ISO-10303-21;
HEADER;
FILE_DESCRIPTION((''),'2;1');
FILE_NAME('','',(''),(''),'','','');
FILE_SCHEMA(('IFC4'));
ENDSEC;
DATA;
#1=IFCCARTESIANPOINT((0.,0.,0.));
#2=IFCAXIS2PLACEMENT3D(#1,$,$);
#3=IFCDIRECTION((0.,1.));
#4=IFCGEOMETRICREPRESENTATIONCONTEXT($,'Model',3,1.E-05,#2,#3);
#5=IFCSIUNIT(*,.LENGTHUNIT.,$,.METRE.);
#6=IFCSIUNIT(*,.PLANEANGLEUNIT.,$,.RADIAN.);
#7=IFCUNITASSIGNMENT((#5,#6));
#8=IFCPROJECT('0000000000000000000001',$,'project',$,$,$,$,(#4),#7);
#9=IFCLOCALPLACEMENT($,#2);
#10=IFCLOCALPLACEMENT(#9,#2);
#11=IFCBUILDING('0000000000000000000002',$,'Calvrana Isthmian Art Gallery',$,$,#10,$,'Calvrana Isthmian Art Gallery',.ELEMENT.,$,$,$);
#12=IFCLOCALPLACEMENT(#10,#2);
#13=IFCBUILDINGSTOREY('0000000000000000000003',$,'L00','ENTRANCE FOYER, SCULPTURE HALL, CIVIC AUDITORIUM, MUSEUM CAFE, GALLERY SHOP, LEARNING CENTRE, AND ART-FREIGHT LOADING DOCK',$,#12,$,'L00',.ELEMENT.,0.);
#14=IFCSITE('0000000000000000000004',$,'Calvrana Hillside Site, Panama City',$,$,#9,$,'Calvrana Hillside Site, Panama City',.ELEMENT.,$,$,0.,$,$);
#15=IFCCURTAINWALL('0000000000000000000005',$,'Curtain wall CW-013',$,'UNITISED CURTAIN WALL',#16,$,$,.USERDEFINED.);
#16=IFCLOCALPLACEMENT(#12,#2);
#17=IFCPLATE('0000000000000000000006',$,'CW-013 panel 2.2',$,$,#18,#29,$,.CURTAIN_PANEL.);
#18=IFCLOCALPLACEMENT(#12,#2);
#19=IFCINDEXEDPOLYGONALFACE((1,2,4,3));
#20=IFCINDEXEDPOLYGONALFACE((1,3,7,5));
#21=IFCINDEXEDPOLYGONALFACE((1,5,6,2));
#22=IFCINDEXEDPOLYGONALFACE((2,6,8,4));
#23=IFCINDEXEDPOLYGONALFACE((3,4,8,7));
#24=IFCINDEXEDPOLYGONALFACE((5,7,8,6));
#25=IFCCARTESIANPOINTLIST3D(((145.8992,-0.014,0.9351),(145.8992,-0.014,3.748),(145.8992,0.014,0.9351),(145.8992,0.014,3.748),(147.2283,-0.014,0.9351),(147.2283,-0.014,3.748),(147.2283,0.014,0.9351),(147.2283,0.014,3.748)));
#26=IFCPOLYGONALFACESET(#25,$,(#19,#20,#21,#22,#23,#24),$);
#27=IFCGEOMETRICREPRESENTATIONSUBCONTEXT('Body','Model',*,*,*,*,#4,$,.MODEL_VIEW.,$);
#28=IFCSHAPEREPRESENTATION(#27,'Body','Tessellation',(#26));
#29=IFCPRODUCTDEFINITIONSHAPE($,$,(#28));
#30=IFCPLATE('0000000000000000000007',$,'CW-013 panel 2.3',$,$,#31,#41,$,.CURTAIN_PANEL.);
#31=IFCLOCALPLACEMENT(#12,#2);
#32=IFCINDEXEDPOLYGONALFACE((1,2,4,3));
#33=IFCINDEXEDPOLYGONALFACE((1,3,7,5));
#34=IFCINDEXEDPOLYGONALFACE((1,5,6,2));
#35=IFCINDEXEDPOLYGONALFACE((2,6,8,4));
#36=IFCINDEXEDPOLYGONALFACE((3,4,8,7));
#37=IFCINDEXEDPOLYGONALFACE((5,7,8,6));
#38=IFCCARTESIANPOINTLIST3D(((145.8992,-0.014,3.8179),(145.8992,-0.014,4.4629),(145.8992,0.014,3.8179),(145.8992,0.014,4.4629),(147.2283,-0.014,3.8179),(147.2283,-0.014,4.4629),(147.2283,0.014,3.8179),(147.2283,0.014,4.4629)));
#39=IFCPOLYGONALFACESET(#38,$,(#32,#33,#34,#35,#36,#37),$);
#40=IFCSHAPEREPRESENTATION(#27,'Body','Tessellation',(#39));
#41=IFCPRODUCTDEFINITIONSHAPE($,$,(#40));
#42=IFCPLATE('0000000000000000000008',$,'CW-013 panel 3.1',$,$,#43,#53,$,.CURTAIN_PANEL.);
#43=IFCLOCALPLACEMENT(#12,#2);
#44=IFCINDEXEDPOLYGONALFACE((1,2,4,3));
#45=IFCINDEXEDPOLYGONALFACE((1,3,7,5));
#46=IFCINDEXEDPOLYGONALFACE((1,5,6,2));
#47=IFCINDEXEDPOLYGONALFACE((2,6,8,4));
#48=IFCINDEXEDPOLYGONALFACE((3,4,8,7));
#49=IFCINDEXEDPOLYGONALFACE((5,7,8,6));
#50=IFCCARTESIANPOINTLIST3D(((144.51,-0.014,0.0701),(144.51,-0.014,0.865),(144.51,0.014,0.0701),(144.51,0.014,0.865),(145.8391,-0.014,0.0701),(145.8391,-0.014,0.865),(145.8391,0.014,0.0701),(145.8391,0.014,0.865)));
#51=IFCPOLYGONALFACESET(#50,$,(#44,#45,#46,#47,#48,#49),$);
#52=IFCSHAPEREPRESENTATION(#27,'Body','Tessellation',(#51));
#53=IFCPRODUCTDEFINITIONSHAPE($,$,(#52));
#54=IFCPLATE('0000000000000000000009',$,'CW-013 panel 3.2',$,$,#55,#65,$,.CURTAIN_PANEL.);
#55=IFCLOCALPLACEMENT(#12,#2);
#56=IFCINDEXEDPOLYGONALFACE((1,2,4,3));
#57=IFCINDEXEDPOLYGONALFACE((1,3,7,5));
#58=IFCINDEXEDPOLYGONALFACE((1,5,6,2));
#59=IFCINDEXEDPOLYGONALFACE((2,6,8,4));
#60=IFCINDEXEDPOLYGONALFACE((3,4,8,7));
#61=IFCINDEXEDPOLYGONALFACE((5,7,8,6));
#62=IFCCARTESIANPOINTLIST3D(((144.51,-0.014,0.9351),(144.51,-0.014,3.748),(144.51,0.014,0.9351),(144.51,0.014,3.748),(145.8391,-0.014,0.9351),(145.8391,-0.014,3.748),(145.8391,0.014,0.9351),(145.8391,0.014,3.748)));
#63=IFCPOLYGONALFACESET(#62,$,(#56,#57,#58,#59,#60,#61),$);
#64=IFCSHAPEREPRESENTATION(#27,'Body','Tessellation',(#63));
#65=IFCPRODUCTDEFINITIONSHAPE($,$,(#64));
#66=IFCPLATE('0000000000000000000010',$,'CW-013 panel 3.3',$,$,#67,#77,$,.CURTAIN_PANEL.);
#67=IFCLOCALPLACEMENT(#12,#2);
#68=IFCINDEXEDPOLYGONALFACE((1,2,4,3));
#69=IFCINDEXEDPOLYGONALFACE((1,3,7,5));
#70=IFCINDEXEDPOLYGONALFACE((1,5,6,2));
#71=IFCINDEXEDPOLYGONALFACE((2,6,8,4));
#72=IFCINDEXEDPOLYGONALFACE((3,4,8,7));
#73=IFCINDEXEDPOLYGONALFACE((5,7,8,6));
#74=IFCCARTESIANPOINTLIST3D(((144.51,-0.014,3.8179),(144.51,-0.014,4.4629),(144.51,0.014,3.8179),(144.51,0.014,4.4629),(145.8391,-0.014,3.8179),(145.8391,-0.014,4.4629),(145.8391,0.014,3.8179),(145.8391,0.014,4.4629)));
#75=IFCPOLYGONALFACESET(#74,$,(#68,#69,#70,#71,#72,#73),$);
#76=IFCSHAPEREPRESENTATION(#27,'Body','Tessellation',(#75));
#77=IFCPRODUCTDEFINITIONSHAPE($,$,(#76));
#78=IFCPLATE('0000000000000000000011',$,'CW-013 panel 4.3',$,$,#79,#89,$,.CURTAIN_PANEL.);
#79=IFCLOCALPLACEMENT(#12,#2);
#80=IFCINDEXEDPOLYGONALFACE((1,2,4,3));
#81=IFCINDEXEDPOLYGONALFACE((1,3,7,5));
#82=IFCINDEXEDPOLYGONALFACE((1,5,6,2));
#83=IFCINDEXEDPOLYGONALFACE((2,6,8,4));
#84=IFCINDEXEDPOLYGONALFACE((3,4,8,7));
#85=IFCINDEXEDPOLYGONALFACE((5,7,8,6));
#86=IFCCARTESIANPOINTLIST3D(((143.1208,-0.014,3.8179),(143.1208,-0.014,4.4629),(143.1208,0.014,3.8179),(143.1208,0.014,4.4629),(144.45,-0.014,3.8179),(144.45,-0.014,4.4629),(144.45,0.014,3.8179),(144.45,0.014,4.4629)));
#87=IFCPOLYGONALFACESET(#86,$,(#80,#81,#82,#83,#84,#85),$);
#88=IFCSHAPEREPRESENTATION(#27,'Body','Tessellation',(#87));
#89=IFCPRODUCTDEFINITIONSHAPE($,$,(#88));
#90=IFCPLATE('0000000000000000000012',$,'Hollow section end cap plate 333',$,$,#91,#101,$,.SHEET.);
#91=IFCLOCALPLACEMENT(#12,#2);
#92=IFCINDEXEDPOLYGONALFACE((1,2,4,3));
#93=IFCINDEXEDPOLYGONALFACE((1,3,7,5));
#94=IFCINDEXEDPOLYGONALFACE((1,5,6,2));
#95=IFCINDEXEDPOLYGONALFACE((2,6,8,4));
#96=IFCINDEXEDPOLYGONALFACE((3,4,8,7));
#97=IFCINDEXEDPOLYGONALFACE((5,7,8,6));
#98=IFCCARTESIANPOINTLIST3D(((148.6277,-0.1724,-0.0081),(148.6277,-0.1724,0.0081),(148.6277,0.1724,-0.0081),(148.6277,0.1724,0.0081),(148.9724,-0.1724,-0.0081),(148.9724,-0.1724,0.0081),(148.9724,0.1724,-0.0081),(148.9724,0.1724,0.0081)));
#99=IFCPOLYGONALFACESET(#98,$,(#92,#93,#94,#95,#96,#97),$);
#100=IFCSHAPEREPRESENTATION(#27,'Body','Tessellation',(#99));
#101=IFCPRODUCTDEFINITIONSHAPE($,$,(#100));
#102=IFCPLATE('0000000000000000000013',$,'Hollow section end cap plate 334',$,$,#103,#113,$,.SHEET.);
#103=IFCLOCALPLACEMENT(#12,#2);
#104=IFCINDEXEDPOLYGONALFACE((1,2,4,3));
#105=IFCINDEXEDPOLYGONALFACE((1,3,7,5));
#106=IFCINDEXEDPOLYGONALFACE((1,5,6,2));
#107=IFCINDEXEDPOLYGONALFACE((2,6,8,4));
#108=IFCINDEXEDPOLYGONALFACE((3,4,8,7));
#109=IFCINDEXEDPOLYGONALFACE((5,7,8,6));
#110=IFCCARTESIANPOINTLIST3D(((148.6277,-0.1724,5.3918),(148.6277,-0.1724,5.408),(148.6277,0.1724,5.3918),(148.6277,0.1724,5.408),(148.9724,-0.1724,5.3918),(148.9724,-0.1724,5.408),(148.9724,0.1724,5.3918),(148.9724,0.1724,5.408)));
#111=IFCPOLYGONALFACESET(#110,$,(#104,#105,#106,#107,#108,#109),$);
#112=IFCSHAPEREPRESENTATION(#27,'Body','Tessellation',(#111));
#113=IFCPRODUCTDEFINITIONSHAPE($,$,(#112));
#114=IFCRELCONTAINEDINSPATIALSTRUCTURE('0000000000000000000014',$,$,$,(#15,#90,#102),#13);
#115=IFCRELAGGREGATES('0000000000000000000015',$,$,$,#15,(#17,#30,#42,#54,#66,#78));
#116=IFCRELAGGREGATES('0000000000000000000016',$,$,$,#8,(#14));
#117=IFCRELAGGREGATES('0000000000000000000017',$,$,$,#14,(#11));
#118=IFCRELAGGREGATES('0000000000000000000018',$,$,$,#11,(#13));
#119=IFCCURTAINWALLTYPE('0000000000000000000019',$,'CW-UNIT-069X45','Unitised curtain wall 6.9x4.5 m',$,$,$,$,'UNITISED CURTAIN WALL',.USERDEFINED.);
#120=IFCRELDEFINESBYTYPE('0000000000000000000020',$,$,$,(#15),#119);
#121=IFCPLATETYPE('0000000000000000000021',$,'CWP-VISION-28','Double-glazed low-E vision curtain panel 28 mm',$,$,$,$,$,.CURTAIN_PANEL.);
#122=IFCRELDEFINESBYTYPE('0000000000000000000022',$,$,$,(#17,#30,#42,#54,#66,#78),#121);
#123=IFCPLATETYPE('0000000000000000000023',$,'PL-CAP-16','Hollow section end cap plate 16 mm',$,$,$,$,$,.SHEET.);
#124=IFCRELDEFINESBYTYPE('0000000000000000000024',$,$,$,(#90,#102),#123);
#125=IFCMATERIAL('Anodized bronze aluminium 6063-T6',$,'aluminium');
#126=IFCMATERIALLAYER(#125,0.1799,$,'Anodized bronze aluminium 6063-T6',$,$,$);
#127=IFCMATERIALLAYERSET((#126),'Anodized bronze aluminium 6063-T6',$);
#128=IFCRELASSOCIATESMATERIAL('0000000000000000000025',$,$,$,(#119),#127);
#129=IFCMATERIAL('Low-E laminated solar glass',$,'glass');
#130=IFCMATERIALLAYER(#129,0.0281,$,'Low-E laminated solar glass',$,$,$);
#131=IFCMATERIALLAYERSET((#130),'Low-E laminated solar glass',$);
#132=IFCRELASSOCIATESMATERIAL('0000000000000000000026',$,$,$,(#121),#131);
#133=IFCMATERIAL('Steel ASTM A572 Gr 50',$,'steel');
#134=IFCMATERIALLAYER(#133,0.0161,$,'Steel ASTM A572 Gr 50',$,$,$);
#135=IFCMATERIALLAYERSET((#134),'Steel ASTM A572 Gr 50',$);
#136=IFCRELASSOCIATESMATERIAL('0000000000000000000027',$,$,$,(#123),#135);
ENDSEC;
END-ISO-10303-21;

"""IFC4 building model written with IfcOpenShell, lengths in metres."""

from ifc_helpers import new_model, si_unit, direction, frame, origin, origin_2d, place, context, subcontext, project, spatial, rectangle, extrude, material, layer, layer_set, type_object, element, aggregate, save


model = new_model("IFC4")

# Units and contexts
model_context = context("Model", 3, precision=1e-05, world=origin(), true_north=direction((0.0, 1.0)))
body_context = subcontext(model_context, "Body", "Model", "MODEL_VIEW")
ifc_project = project(units=[si_unit("LENGTHUNIT", "METRE"), si_unit("PLANEANGLEUNIT", "RADIAN")], contexts=[model_context])

# Site, building, storey
site_placement = place(None, origin())
site = spatial("IfcSite", under=ifc_project, at=site_placement, Name="Calvrana Hillside Site, Panama City", LongName="Calvrana Hillside Site, Panama City", CompositionType="ELEMENT", RefElevation=0.0)
building_placement = place(site_placement, origin())
building = spatial("IfcBuilding", under=site, at=building_placement, Name="Calvrana Isthmian Art Gallery", LongName="Calvrana Isthmian Art Gallery", CompositionType="ELEMENT")
storey_placement = place(building_placement, origin())
storey = spatial("IfcBuildingStorey", under=building, at=storey_placement, Name="L00", Description="ENTRANCE FOYER, SCULPTURE HALL, CIVIC AUDITORIUM, MUSEUM CAFE, GALLERY SHOP, LEARNING CENTRE, AND ART-FREIGHT LOADING DOCK", LongName="L00", CompositionType="ELEMENT", Elevation=0.0)

# Curtain wall
ifc_material_1 = material(Name="Anodized bronze aluminium 6063-T6", Category="aluminium")
ifc_layer_1 = layer(ifc_material_1, 0.1799, Name="Anodized bronze aluminium 6063-T6")
ifc_layer_set_1 = layer_set([ifc_layer_1], Name="Anodized bronze aluminium 6063-T6")
curtain_wall_type_1 = type_object("IfcCurtainWallType", Name="CW-UNIT-069X45", Description="Unitised curtain wall 6.9x4.5 m", ElementType="UNITISED CURTAIN WALL", PredefinedType="USERDEFINED", material=ifc_layer_set_1)
curtain_wall_1_placement = place(storey_placement, origin())
curtain_wall_1 = element("IfcCurtainWall", 1, at=curtain_wall_1_placement, inside=storey, type_object=curtain_wall_type_1, Name="Curtain wall CW-013", ObjectType="UNITISED CURTAIN WALL", PredefinedType="USERDEFINED")

# Plates
ifc_material_2 = material(Name="Low-E laminated solar glass", Category="glass")
ifc_layer_2 = layer(ifc_material_2, 0.0281, Name="Low-E laminated solar glass")
ifc_layer_set_2 = layer_set([ifc_layer_2], Name="Low-E laminated solar glass")
plate_type_1 = type_object("IfcPlateType", Name="CWP-VISION-28", Description="Double-glazed low-E vision curtain panel 28 mm", PredefinedType="CURTAIN_PANEL", material=ifc_layer_set_2)
plate_1_placement = place(storey_placement, frame((146.5637, 0.0, 0.9351), z_axis=(0.0, 0.0, 1.0), x_axis=(-1.0, 0.0, 0.0)))
plate_1 = element("IfcPlate", 2, at=plate_1_placement, type_object=plate_type_1, Name="CW-013 panel 2.2", PredefinedType="CURTAIN_PANEL", context=body_context, shape_type="SweptSolid", body=[
    extrude(rectangle(XDim=1.3291, YDim=0.0281, at=origin_2d()), origin(), (0.0, 0.0, 1.0), 2.813),
])
plate_2_placement = place(storey_placement, frame((146.5637, 0.0, 3.8179), z_axis=(0.0, 0.0, 1.0), x_axis=(-1.0, 0.0, 0.0)))
plate_2 = element("IfcPlate", 3, at=plate_2_placement, type_object=plate_type_1, Name="CW-013 panel 2.3", PredefinedType="CURTAIN_PANEL", context=body_context, shape_type="SweptSolid", body=[
    extrude(rectangle(XDim=1.3291, YDim=0.0281, at=origin_2d()), origin(), (0.0, 0.0, 1.0), 0.645),
])
plate_3_placement = place(storey_placement, frame((145.1746, 0.0, 0.0701), z_axis=(0.0, 0.0, 1.0), x_axis=(-1.0, 0.0, 0.0)))
plate_3 = element("IfcPlate", 4, at=plate_3_placement, type_object=plate_type_1, Name="CW-013 panel 3.1", PredefinedType="CURTAIN_PANEL", context=body_context, shape_type="SweptSolid", body=[
    extrude(rectangle(XDim=1.3291, YDim=0.0281, at=origin_2d()), origin(), (0.0, 0.0, 1.0), 0.7949),
])
plate_4_placement = place(storey_placement, frame((145.1746, 0.0, 0.9351), z_axis=(0.0, 0.0, 1.0), x_axis=(-1.0, 0.0, 0.0)))
plate_4 = element("IfcPlate", 5, at=plate_4_placement, type_object=plate_type_1, Name="CW-013 panel 3.2", PredefinedType="CURTAIN_PANEL", context=body_context, shape_type="SweptSolid", body=[
    extrude(rectangle(XDim=1.3291, YDim=0.0281, at=origin_2d()), origin(), (0.0, 0.0, 1.0), 2.813),
])
plate_5_placement = place(storey_placement, frame((145.1746, 0.0, 3.8179), z_axis=(0.0, 0.0, 1.0), x_axis=(-1.0, 0.0, 0.0)))
plate_5 = element("IfcPlate", 6, at=plate_5_placement, type_object=plate_type_1, Name="CW-013 panel 3.3", PredefinedType="CURTAIN_PANEL", context=body_context, shape_type="SweptSolid", body=[
    extrude(rectangle(XDim=1.3291, YDim=0.0281, at=origin_2d()), origin(), (0.0, 0.0, 1.0), 0.645),
])
plate_6_placement = place(storey_placement, frame((143.7854, 0.0, 3.8179), z_axis=(0.0, 0.0, 1.0), x_axis=(-1.0, 0.0, 0.0)))
plate_6 = element("IfcPlate", 7, at=plate_6_placement, type_object=plate_type_1, Name="CW-013 panel 4.3", PredefinedType="CURTAIN_PANEL", context=body_context, shape_type="SweptSolid", body=[
    extrude(rectangle(XDim=1.3291, YDim=0.0281, at=origin_2d()), origin(), (0.0, 0.0, 1.0), 0.645),
])
aggregate(curtain_wall_1, [plate_1, plate_2, plate_3, plate_4, plate_5, plate_6])

# Plates
ifc_material_3 = material(Name="Steel ASTM A572 Gr 50", Category="steel")
ifc_layer_3 = layer(ifc_material_3, 0.0161, Name="Steel ASTM A572 Gr 50")
ifc_layer_set_3 = layer_set([ifc_layer_3], Name="Steel ASTM A572 Gr 50")
plate_type_2 = type_object("IfcPlateType", Name="PL-CAP-16", Description="Hollow section end cap plate 16 mm", PredefinedType="SHEET", material=ifc_layer_set_3)
for number, where, z_axis, x_axis, name in (
    (8, (148.8, 0.0, -0.0081), (0.0, 0.0, 1.0), (1.0, 0.0, 0.0), "Hollow section end cap plate 333"),
    (9, (148.8, 0.0, 5.3918), (0.0, 0.0, 1.0), (1.0, 0.0, 0.0), "Hollow section end cap plate 334"),
):
    element("IfcPlate", number, at=place(storey_placement, frame(where, z_axis=z_axis, x_axis=x_axis)), inside=storey, type_object=plate_type_2, Name=name, PredefinedType="SHEET", context=body_context, shape_type="SweptSolid", body=[
        extrude(rectangle(XDim=0.3447, YDim=0.3447, at=origin_2d()), origin(), (0.0, 0.0, 1.0), 0.0161),
    ])

save(model, "model.ifc")
